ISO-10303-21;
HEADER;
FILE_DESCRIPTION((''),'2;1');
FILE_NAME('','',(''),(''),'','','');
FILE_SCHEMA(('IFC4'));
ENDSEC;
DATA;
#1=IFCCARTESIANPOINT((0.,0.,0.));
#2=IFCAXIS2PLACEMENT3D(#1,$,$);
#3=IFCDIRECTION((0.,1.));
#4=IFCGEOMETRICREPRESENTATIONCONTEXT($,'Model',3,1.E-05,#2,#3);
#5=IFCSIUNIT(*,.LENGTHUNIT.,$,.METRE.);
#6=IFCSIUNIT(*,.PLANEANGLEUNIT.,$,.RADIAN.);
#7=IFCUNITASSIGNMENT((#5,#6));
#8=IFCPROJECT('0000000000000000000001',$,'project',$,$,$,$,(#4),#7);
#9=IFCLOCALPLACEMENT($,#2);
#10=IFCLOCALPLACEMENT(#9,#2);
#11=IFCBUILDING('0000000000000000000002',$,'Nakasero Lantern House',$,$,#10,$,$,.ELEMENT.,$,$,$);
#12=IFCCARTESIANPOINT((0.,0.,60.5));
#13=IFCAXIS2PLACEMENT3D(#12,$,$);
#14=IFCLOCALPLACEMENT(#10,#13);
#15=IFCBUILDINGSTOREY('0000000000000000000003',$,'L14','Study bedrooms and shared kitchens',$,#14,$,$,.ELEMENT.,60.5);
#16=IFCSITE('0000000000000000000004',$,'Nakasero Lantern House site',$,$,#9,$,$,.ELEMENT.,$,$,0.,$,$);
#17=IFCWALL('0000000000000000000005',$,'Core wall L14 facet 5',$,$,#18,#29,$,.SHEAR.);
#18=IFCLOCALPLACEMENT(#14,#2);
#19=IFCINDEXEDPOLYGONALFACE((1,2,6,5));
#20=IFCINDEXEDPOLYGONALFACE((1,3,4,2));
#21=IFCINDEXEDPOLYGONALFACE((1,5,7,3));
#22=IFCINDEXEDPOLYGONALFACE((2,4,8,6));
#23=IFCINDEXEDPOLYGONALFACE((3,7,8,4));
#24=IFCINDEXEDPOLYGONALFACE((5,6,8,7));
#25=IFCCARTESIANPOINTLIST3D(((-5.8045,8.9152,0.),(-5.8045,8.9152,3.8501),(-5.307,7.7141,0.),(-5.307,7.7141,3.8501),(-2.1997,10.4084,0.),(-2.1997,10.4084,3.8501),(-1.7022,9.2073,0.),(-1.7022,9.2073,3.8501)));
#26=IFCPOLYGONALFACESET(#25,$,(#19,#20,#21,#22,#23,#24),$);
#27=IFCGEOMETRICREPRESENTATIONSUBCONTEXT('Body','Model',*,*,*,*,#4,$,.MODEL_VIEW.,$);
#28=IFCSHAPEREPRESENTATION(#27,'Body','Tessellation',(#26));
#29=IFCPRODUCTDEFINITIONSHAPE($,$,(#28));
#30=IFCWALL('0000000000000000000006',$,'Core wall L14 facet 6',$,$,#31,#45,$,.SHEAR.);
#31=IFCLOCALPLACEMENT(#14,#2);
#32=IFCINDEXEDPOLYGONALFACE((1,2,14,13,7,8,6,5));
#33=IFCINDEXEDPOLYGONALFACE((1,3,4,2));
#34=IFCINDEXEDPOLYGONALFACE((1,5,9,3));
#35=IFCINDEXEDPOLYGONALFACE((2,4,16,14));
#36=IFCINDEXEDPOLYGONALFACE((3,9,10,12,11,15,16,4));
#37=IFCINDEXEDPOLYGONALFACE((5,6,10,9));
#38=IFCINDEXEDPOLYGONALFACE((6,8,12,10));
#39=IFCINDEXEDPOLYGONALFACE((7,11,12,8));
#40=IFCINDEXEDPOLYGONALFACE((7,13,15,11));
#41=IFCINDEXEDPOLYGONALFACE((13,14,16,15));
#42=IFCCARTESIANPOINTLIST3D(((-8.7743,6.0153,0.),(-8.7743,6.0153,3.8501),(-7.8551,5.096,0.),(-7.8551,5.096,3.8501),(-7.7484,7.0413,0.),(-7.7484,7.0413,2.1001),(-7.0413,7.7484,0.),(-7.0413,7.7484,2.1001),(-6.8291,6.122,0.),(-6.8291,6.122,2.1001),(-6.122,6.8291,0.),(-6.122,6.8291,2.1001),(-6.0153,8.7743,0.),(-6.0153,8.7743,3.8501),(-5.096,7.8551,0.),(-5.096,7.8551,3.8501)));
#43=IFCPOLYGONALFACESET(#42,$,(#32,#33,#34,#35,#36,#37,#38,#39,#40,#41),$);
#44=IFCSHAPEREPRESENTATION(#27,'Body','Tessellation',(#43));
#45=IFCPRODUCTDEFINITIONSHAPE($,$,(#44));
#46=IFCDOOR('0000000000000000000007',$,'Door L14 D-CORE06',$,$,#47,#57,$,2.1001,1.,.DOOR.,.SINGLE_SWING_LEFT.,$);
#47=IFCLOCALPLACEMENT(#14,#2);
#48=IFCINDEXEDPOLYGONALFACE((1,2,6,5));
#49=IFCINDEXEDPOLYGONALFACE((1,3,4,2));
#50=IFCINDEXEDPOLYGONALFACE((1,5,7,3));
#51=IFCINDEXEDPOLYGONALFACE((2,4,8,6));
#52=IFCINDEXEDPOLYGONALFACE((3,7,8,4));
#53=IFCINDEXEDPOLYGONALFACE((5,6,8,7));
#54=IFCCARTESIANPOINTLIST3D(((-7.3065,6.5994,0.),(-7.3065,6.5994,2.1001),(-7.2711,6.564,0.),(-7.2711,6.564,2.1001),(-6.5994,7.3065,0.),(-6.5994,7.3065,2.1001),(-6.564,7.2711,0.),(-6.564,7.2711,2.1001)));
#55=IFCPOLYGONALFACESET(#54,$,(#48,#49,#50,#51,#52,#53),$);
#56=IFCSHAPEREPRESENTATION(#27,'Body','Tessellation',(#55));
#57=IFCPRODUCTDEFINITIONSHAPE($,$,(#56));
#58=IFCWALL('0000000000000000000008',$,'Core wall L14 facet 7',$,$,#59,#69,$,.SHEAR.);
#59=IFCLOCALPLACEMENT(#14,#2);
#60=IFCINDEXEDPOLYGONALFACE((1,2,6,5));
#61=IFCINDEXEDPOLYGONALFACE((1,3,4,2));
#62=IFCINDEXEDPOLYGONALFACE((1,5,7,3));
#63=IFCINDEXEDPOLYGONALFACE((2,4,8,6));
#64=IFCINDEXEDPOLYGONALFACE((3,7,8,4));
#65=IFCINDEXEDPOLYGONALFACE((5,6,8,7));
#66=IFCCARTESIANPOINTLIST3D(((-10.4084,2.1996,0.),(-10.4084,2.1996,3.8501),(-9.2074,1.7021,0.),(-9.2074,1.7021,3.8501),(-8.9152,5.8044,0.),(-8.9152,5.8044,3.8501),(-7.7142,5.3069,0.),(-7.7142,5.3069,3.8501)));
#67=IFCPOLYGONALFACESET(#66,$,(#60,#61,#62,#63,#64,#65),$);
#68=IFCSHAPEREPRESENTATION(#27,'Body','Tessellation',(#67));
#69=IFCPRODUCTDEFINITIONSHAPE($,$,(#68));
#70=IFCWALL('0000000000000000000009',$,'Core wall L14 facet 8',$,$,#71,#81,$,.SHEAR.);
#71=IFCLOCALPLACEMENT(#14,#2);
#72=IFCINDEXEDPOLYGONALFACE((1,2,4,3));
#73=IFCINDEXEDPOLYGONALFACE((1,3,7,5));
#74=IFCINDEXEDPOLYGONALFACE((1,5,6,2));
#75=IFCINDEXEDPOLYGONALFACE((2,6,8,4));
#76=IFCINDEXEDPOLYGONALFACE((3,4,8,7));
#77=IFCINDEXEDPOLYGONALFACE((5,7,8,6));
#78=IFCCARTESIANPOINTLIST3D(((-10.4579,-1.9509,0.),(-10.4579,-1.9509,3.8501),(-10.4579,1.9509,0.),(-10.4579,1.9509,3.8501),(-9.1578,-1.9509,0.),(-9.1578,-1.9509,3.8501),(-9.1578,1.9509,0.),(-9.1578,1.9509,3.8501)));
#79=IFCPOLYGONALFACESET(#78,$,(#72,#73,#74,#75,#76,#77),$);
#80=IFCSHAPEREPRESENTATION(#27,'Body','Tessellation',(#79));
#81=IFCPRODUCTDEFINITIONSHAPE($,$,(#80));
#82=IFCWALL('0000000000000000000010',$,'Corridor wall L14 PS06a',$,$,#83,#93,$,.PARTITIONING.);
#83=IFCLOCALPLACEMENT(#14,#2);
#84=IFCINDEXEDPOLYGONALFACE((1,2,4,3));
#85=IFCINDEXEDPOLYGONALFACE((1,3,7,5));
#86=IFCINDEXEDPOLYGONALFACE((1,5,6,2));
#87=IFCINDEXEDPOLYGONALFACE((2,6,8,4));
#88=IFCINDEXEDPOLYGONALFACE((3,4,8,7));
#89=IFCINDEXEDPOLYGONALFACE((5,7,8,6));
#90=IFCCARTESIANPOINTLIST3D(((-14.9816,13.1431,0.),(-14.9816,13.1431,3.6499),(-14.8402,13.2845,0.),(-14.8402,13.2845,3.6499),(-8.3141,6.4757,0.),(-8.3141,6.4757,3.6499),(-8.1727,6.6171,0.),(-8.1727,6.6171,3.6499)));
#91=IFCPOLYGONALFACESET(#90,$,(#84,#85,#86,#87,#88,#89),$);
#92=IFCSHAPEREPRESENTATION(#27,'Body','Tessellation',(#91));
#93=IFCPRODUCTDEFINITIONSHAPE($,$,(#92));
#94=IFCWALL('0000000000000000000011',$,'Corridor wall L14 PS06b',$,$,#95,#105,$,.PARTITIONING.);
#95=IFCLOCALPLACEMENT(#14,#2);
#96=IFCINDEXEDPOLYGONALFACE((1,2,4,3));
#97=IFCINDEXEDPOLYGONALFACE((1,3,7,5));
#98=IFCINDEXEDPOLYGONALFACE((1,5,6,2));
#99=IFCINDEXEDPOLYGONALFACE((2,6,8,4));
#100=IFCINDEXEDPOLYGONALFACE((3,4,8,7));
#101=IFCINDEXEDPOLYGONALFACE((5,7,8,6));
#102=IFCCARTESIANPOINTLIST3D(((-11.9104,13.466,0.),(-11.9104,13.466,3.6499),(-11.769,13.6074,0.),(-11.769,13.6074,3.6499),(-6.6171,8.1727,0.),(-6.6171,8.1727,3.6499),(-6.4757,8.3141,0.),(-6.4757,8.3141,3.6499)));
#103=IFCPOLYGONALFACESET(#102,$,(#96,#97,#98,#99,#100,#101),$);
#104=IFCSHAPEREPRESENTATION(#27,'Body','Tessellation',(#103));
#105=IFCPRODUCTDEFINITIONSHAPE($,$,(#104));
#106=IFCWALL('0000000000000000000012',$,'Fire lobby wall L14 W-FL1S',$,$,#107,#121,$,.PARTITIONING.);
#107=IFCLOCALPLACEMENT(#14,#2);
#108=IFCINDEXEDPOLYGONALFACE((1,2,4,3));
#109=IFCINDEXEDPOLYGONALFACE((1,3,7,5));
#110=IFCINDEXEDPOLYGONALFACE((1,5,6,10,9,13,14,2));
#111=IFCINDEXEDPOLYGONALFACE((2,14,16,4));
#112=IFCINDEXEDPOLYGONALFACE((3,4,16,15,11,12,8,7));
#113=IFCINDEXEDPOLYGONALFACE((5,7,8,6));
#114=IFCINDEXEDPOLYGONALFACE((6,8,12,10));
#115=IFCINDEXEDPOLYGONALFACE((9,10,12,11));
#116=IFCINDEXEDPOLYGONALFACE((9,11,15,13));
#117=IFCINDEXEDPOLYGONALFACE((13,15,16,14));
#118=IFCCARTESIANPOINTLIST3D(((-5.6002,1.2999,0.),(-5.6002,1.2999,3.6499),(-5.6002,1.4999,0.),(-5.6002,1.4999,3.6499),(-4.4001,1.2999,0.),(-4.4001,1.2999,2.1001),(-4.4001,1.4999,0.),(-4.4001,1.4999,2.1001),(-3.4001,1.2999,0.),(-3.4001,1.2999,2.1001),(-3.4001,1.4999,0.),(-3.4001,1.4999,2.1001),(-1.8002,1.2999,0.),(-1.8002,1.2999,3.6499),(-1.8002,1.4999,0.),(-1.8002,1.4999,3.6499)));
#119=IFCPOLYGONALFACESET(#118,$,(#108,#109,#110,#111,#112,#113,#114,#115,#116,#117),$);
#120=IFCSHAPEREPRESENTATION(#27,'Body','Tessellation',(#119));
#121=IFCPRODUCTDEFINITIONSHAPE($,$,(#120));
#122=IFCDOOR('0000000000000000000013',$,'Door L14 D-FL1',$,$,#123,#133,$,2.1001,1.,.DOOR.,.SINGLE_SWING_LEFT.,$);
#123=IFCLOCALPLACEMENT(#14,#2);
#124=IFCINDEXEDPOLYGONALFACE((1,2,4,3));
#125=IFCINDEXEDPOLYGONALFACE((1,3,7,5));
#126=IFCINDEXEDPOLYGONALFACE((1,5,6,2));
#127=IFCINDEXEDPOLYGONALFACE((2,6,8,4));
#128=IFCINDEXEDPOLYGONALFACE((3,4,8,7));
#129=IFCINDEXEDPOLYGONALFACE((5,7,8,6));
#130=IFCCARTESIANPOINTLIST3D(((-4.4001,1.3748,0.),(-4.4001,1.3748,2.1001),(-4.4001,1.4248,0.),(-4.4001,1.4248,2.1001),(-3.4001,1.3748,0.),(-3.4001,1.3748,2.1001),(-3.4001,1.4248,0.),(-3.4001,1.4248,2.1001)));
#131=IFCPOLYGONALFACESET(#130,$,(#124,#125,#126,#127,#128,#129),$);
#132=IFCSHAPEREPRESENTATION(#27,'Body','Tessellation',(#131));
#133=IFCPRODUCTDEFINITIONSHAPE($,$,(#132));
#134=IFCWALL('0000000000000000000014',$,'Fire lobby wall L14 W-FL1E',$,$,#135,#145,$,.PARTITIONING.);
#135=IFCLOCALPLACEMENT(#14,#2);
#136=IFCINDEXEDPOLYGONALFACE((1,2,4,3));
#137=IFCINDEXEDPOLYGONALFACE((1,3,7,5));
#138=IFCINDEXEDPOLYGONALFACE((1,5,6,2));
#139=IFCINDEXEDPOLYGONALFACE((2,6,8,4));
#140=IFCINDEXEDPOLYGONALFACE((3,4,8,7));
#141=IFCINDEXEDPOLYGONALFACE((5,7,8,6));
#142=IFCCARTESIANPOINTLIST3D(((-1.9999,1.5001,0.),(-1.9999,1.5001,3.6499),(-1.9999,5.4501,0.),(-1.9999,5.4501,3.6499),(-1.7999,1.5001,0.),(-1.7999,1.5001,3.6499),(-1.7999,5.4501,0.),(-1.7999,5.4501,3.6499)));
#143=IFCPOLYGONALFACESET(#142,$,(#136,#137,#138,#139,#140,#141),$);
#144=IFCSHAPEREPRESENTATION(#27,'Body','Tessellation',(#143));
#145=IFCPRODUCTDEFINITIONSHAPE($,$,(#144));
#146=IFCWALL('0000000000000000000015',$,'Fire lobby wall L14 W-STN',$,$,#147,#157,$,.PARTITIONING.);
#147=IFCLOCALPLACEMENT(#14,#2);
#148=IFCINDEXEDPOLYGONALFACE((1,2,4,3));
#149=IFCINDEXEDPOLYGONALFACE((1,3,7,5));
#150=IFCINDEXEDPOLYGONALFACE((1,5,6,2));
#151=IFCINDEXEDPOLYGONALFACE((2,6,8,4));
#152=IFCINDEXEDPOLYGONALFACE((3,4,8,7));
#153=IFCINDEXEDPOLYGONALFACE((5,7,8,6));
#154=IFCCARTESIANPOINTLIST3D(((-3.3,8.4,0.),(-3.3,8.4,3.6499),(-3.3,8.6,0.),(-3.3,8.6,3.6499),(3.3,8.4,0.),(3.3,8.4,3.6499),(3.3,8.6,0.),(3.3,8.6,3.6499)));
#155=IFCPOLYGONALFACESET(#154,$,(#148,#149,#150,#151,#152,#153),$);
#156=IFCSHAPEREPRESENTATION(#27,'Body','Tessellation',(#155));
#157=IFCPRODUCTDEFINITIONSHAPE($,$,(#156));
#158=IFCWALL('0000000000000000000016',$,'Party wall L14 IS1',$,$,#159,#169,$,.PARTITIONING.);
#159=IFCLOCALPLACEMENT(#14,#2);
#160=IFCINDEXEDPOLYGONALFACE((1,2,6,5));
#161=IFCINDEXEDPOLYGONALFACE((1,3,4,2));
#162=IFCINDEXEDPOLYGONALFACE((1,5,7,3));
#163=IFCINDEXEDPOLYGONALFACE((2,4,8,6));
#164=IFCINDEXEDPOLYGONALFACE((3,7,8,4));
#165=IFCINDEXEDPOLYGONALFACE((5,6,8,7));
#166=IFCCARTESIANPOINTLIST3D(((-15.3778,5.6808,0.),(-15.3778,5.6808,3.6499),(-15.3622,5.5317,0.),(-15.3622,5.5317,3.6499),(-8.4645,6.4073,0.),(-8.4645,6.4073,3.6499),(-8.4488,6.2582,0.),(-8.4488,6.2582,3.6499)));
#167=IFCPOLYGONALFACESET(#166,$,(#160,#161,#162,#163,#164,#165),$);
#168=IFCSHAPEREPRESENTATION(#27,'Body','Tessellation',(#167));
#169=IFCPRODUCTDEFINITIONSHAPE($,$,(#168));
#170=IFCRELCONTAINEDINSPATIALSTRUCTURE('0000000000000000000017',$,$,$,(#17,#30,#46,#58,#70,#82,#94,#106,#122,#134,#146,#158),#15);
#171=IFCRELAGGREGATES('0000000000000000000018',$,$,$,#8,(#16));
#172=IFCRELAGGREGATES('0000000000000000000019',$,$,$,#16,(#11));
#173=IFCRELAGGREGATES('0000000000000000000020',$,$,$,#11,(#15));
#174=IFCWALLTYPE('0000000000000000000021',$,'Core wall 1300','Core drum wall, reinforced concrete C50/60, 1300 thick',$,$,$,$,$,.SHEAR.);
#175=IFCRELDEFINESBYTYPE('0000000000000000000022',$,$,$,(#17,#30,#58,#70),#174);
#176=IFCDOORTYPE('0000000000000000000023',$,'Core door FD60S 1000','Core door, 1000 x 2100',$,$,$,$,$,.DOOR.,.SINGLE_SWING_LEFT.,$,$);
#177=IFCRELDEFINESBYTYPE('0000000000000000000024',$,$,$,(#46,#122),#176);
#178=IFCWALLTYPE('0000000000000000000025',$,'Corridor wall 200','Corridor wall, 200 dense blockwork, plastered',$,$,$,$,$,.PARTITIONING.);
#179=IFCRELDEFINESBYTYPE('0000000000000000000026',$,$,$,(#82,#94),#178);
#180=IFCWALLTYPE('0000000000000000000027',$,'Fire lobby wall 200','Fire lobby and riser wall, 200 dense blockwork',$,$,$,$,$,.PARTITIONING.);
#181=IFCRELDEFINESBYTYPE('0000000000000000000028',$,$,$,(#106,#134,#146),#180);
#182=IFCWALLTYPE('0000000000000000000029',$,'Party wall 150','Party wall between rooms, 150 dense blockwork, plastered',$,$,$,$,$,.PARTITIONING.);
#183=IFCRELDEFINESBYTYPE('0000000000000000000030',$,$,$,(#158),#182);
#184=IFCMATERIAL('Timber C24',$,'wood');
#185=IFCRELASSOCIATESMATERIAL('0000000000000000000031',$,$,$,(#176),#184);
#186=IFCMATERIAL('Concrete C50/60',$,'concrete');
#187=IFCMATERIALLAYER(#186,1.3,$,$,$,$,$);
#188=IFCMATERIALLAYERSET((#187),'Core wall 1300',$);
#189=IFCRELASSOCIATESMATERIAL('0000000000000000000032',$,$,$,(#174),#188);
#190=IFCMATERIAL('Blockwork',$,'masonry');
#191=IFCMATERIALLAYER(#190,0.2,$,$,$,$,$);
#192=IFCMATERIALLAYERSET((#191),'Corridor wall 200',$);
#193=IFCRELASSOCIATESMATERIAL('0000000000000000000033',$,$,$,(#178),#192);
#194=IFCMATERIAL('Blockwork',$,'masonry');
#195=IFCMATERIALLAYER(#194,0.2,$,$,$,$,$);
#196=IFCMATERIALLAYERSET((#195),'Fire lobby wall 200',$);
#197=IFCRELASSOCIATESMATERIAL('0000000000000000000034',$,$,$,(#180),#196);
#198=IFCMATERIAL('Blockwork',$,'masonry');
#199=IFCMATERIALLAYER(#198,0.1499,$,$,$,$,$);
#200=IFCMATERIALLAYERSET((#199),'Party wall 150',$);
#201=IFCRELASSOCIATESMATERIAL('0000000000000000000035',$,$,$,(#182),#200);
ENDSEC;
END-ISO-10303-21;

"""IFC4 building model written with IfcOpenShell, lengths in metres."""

from ifc_helpers import new_model, si_unit, direction, frame, frame_2d, origin, place, context, subcontext, project, spatial, rectangle, extrude, material, layer, layer_set, type_object, element, fill, save


model = new_model("IFC4")

# Units and contexts
model_context = context("Model", 3, precision=1e-05, world=origin(), true_north=direction((0.0, 1.0)))
body_context = subcontext(model_context, "Body", "Model", "MODEL_VIEW")
ifc_project = project(units=[si_unit("LENGTHUNIT", "METRE"), si_unit("PLANEANGLEUNIT", "RADIAN")], contexts=[model_context])

# Site, building, storey
site_placement = place(None, origin())
site = spatial("IfcSite", under=ifc_project, at=site_placement, Name="Nakasero Lantern House site", CompositionType="ELEMENT", RefElevation=0.0)
building_placement = place(site_placement, origin())
building = spatial("IfcBuilding", under=site, at=building_placement, Name="Nakasero Lantern House", CompositionType="ELEMENT")
storey_placement = place(building_placement, frame((0.0, 0.0, 60.5)))
storey = spatial("IfcBuildingStorey", under=building, at=storey_placement, Name="L14", Description="Study bedrooms and shared kitchens", CompositionType="ELEMENT", Elevation=60.5)

# Shared definitions
ifc_material_1 = material(Name="Timber C24", Category="wood")
door_type = type_object("IfcDoorType", Name="Core door FD60S 1000", Description="Core door, 1000 x 2100", OperationType="SINGLE_SWING_LEFT", PredefinedType="DOOR", material=ifc_material_1)

# Wall
ifc_material_2 = material(Name="Concrete C50/60", Category="concrete")
ifc_layer_1 = layer(ifc_material_2, 1.3)
ifc_layer_set_1 = layer_set([ifc_layer_1], Name="Core wall 1300")
wall_type_1 = type_object("IfcWallType", Name="Core wall 1300", Description="Core drum wall, reinforced concrete C50/60, 1300 thick", PredefinedType="SHEAR", material=ifc_layer_set_1)
wall_1_placement = place(storey_placement, frame((-1.9509, 9.8079, 0.0), z_axis=(0.0, 0.0, 1.0), x_axis=(-0.923877, -0.382691, 0.0)))
element("IfcWall", 1, at=wall_1_placement, inside=storey, type_object=wall_type_1, Name="Core wall L14 facet 5", PredefinedType="SHEAR", context=body_context, shape_type="SweptSolid", body=[
    extrude(rectangle(XDim=3.9019, YDim=1.3, at=frame_2d((1.9509, 0.0))), origin(), (0.0, 0.0, 1.0), 3.8501),
])

# Wall, opening, door
wall_2_placement = place(storey_placement, frame((-5.5557, 8.3147, 0.0), z_axis=(0.0, 0.0, 1.0), x_axis=(-0.707107, -0.707107, 0.0)))
wall_2 = element("IfcWall", 2, at=wall_2_placement, inside=storey, type_object=wall_type_1, Name="Core wall L14 facet 6", PredefinedType="SHEAR", context=body_context, shape_type="SweptSolid", body=[
    extrude(rectangle(XDim=3.9019, YDim=1.3, at=frame_2d((1.9509, 0.0))), origin(), (0.0, 0.0, 1.0), 3.8501),
])
opening_1_placement = place(wall_2_placement, frame((1.4509, 0.0, 0.0)))
opening_1 = element("IfcOpeningElement", 3, at=opening_1_placement, cuts=wall_2, PredefinedType="OPENING", context=body_context, shape_type="SweptSolid", body=[
    extrude(rectangle(XDim=1.0, YDim=2.1001, at=frame_2d((0.5, 1.05))), frame((0.0, 0.6699, 0.0), z_axis=(0.0, -1.0, 0.0), x_axis=(1.0, 0.0, 0.0)), (0.0, 0.0, 1.0), 1.3401),
])
door_1_placement = place(opening_1_placement, origin())
door_1 = element("IfcDoor", 4, at=door_1_placement, inside=storey, type_object=door_type, Name="Door L14 D-CORE06", OperationType="SINGLE_SWING_LEFT", OverallHeight=2.1001, OverallWidth=1.0, PredefinedType="DOOR", context=body_context, shape_type="SweptSolid", body=[
    extrude(rectangle(XDim=1.0, YDim=2.1001, at=frame_2d((0.5, 1.05))), frame((0.0, 0.0249, 0.0), z_axis=(0.0, -1.0, 0.0), x_axis=(1.0, 0.0, 0.0)), (0.0, 0.0, 1.0), 0.05),
])
fill(opening_1, door_1)

# Walls
for number, where, z_axis, x_axis, name in (
    (5, (-8.3147, 5.5557, 0.0), (0.0, 0.0, 1.0), (-0.382691, -0.923877, 0.0), "Core wall L14 facet 7"),
    (6, (-9.8079, 1.9509, 0.0), (0.0, 0.0, 1.0), (0.0, -1.0, 0.0), "Core wall L14 facet 8"),
):
    element("IfcWall", number, at=place(storey_placement, frame(where, z_axis=z_axis, x_axis=x_axis)), inside=storey, type_object=wall_type_1, Name=name, PredefinedType="SHEAR", context=body_context, shape_type="SweptSolid", body=[
        extrude(rectangle(XDim=3.9019, YDim=1.3, at=frame_2d((1.9509, 0.0))), origin(), (0.0, 0.0, 1.0), 3.8501),
    ])
ifc_material_3 = material(Name="Blockwork", Category="masonry")
ifc_layer_2 = layer(ifc_material_3, 0.2)
ifc_layer_set_2 = layer_set([ifc_layer_2], Name="Corridor wall 200")
wall_type_2 = type_object("IfcWallType", Name="Corridor wall 200", Description="Corridor wall, 200 dense blockwork, plastered", PredefinedType="PARTITIONING", material=ifc_layer_set_2)
wall_3_placement = place(storey_placement, frame((-8.2434, 6.5464, 0.0), z_axis=(0.0, 0.0, 1.0), x_axis=(-0.707107, 0.707107, 0.0)))
element("IfcWall", 7, at=wall_3_placement, inside=storey, type_object=wall_type_2, Name="Corridor wall L14 PS06a", PredefinedType="PARTITIONING", context=body_context, shape_type="SweptSolid", body=[
    extrude(rectangle(XDim=9.4292, YDim=0.2, at=frame_2d((4.7146, 0.0))), origin(), (0.0, 0.0, 1.0), 3.6499),
])
wall_4_placement = place(storey_placement, frame((-6.5464, 8.2434, 0.0), z_axis=(0.0, 0.0, 1.0), x_axis=(-0.707107, 0.707107, 0.0)))
element("IfcWall", 8, at=wall_4_placement, inside=storey, type_object=wall_type_2, Name="Corridor wall L14 PS06b", PredefinedType="PARTITIONING", context=body_context, shape_type="SweptSolid", body=[
    extrude(rectangle(XDim=7.4858, YDim=0.2, at=frame_2d((3.7429, 0.0))), origin(), (0.0, 0.0, 1.0), 3.6499),
])

# Wall, opening, door
ifc_material_4 = material(Name="Blockwork", Category="masonry")
ifc_layer_3 = layer(ifc_material_4, 0.2)
ifc_layer_set_3 = layer_set([ifc_layer_3], Name="Fire lobby wall 200")
wall_type_3 = type_object("IfcWallType", Name="Fire lobby wall 200", Description="Fire lobby and riser wall, 200 dense blockwork", PredefinedType="PARTITIONING", material=ifc_layer_set_3)
wall_5_placement = place(storey_placement, frame((-5.6001, 1.3999, 0.0), z_axis=(0.0, 0.0, 1.0), x_axis=(1.0, 0.0, 0.0)))
wall_5 = element("IfcWall", 9, at=wall_5_placement, inside=storey, type_object=wall_type_3, Name="Fire lobby wall L14 W-FL1S", PredefinedType="PARTITIONING", context=body_context, shape_type="SweptSolid", body=[
    extrude(rectangle(XDim=3.8, YDim=0.2, at=frame_2d((1.8999, 0.0))), origin(), (0.0, 0.0, 1.0), 3.6499),
])
opening_2_placement = place(wall_5_placement, frame((1.2, 0.0, 0.0)))
opening_2 = element("IfcOpeningElement", 10, at=opening_2_placement, cuts=wall_5, PredefinedType="OPENING", context=body_context, shape_type="SweptSolid", body=[
    extrude(rectangle(XDim=1.0, YDim=2.1001, at=frame_2d((0.5, 1.05))), frame((0.0, 0.1199, 0.0), z_axis=(0.0, -1.0, 0.0), x_axis=(1.0, 0.0, 0.0)), (0.0, 0.0, 1.0), 0.24),
])
door_2_placement = place(opening_2_placement, origin())
door_2 = element("IfcDoor", 11, at=door_2_placement, inside=storey, type_object=door_type, Name="Door L14 D-FL1", OperationType="SINGLE_SWING_LEFT", OverallHeight=2.1001, OverallWidth=1.0, PredefinedType="DOOR", context=body_context, shape_type="SweptSolid", body=[
    extrude(rectangle(XDim=1.0, YDim=2.1001, at=frame_2d((0.5, 1.05))), frame((0.0, 0.0249, 0.0), z_axis=(0.0, -1.0, 0.0), x_axis=(1.0, 0.0, 0.0)), (0.0, 0.0, 1.0), 0.05),
])
fill(opening_2, door_2)

# Walls
wall_6_placement = place(storey_placement, frame((-1.8999, 1.5, 0.0), z_axis=(0.0, 0.0, 1.0), x_axis=(0.0, 1.0, 0.0)))
element("IfcWall", 12, at=wall_6_placement, inside=storey, type_object=wall_type_3, Name="Fire lobby wall L14 W-FL1E", PredefinedType="PARTITIONING", context=body_context, shape_type="SweptSolid", body=[
    extrude(rectangle(XDim=3.95, YDim=0.2, at=frame_2d((1.9751, 0.0))), origin(), (0.0, 0.0, 1.0), 3.6499),
])
wall_7_placement = place(storey_placement, frame((-3.3, 8.5, 0.0), z_axis=(0.0, 0.0, 1.0), x_axis=(1.0, 0.0, 0.0)))
element("IfcWall", 13, at=wall_7_placement, inside=storey, type_object=wall_type_3, Name="Fire lobby wall L14 W-STN", PredefinedType="PARTITIONING", context=body_context, shape_type="SweptSolid", body=[
    extrude(rectangle(XDim=6.6001, YDim=0.2, at=frame_2d((3.3, 0.0))), origin(), (0.0, 0.0, 1.0), 3.6499),
])
ifc_material_5 = material(Name="Blockwork", Category="masonry")
ifc_layer_4 = layer(ifc_material_5, 0.1499)
ifc_layer_set_4 = layer_set([ifc_layer_4], Name="Party wall 150")
wall_type_4 = type_object("IfcWallType", Name="Party wall 150", Description="Party wall between rooms, 150 dense blockwork, plastered", PredefinedType="PARTITIONING", material=ifc_layer_set_4)
wall_8_placement = place(storey_placement, frame((-8.4568, 6.3328, 0.0), z_axis=(0.0, 0.0, 1.0), x_axis=(-0.994523, -0.10452, 0.0)))
element("IfcWall", 14, at=wall_8_placement, inside=storey, type_object=wall_type_4, Name="Party wall L14 IS1", PredefinedType="PARTITIONING", context=body_context, shape_type="SweptSolid", body=[
    extrude(rectangle(XDim=6.9514, YDim=0.1499, at=frame_2d((3.4756, 0.0))), origin(), (0.0, 0.0, 1.0), 3.6499),
])

save(model, "model.ifc")
